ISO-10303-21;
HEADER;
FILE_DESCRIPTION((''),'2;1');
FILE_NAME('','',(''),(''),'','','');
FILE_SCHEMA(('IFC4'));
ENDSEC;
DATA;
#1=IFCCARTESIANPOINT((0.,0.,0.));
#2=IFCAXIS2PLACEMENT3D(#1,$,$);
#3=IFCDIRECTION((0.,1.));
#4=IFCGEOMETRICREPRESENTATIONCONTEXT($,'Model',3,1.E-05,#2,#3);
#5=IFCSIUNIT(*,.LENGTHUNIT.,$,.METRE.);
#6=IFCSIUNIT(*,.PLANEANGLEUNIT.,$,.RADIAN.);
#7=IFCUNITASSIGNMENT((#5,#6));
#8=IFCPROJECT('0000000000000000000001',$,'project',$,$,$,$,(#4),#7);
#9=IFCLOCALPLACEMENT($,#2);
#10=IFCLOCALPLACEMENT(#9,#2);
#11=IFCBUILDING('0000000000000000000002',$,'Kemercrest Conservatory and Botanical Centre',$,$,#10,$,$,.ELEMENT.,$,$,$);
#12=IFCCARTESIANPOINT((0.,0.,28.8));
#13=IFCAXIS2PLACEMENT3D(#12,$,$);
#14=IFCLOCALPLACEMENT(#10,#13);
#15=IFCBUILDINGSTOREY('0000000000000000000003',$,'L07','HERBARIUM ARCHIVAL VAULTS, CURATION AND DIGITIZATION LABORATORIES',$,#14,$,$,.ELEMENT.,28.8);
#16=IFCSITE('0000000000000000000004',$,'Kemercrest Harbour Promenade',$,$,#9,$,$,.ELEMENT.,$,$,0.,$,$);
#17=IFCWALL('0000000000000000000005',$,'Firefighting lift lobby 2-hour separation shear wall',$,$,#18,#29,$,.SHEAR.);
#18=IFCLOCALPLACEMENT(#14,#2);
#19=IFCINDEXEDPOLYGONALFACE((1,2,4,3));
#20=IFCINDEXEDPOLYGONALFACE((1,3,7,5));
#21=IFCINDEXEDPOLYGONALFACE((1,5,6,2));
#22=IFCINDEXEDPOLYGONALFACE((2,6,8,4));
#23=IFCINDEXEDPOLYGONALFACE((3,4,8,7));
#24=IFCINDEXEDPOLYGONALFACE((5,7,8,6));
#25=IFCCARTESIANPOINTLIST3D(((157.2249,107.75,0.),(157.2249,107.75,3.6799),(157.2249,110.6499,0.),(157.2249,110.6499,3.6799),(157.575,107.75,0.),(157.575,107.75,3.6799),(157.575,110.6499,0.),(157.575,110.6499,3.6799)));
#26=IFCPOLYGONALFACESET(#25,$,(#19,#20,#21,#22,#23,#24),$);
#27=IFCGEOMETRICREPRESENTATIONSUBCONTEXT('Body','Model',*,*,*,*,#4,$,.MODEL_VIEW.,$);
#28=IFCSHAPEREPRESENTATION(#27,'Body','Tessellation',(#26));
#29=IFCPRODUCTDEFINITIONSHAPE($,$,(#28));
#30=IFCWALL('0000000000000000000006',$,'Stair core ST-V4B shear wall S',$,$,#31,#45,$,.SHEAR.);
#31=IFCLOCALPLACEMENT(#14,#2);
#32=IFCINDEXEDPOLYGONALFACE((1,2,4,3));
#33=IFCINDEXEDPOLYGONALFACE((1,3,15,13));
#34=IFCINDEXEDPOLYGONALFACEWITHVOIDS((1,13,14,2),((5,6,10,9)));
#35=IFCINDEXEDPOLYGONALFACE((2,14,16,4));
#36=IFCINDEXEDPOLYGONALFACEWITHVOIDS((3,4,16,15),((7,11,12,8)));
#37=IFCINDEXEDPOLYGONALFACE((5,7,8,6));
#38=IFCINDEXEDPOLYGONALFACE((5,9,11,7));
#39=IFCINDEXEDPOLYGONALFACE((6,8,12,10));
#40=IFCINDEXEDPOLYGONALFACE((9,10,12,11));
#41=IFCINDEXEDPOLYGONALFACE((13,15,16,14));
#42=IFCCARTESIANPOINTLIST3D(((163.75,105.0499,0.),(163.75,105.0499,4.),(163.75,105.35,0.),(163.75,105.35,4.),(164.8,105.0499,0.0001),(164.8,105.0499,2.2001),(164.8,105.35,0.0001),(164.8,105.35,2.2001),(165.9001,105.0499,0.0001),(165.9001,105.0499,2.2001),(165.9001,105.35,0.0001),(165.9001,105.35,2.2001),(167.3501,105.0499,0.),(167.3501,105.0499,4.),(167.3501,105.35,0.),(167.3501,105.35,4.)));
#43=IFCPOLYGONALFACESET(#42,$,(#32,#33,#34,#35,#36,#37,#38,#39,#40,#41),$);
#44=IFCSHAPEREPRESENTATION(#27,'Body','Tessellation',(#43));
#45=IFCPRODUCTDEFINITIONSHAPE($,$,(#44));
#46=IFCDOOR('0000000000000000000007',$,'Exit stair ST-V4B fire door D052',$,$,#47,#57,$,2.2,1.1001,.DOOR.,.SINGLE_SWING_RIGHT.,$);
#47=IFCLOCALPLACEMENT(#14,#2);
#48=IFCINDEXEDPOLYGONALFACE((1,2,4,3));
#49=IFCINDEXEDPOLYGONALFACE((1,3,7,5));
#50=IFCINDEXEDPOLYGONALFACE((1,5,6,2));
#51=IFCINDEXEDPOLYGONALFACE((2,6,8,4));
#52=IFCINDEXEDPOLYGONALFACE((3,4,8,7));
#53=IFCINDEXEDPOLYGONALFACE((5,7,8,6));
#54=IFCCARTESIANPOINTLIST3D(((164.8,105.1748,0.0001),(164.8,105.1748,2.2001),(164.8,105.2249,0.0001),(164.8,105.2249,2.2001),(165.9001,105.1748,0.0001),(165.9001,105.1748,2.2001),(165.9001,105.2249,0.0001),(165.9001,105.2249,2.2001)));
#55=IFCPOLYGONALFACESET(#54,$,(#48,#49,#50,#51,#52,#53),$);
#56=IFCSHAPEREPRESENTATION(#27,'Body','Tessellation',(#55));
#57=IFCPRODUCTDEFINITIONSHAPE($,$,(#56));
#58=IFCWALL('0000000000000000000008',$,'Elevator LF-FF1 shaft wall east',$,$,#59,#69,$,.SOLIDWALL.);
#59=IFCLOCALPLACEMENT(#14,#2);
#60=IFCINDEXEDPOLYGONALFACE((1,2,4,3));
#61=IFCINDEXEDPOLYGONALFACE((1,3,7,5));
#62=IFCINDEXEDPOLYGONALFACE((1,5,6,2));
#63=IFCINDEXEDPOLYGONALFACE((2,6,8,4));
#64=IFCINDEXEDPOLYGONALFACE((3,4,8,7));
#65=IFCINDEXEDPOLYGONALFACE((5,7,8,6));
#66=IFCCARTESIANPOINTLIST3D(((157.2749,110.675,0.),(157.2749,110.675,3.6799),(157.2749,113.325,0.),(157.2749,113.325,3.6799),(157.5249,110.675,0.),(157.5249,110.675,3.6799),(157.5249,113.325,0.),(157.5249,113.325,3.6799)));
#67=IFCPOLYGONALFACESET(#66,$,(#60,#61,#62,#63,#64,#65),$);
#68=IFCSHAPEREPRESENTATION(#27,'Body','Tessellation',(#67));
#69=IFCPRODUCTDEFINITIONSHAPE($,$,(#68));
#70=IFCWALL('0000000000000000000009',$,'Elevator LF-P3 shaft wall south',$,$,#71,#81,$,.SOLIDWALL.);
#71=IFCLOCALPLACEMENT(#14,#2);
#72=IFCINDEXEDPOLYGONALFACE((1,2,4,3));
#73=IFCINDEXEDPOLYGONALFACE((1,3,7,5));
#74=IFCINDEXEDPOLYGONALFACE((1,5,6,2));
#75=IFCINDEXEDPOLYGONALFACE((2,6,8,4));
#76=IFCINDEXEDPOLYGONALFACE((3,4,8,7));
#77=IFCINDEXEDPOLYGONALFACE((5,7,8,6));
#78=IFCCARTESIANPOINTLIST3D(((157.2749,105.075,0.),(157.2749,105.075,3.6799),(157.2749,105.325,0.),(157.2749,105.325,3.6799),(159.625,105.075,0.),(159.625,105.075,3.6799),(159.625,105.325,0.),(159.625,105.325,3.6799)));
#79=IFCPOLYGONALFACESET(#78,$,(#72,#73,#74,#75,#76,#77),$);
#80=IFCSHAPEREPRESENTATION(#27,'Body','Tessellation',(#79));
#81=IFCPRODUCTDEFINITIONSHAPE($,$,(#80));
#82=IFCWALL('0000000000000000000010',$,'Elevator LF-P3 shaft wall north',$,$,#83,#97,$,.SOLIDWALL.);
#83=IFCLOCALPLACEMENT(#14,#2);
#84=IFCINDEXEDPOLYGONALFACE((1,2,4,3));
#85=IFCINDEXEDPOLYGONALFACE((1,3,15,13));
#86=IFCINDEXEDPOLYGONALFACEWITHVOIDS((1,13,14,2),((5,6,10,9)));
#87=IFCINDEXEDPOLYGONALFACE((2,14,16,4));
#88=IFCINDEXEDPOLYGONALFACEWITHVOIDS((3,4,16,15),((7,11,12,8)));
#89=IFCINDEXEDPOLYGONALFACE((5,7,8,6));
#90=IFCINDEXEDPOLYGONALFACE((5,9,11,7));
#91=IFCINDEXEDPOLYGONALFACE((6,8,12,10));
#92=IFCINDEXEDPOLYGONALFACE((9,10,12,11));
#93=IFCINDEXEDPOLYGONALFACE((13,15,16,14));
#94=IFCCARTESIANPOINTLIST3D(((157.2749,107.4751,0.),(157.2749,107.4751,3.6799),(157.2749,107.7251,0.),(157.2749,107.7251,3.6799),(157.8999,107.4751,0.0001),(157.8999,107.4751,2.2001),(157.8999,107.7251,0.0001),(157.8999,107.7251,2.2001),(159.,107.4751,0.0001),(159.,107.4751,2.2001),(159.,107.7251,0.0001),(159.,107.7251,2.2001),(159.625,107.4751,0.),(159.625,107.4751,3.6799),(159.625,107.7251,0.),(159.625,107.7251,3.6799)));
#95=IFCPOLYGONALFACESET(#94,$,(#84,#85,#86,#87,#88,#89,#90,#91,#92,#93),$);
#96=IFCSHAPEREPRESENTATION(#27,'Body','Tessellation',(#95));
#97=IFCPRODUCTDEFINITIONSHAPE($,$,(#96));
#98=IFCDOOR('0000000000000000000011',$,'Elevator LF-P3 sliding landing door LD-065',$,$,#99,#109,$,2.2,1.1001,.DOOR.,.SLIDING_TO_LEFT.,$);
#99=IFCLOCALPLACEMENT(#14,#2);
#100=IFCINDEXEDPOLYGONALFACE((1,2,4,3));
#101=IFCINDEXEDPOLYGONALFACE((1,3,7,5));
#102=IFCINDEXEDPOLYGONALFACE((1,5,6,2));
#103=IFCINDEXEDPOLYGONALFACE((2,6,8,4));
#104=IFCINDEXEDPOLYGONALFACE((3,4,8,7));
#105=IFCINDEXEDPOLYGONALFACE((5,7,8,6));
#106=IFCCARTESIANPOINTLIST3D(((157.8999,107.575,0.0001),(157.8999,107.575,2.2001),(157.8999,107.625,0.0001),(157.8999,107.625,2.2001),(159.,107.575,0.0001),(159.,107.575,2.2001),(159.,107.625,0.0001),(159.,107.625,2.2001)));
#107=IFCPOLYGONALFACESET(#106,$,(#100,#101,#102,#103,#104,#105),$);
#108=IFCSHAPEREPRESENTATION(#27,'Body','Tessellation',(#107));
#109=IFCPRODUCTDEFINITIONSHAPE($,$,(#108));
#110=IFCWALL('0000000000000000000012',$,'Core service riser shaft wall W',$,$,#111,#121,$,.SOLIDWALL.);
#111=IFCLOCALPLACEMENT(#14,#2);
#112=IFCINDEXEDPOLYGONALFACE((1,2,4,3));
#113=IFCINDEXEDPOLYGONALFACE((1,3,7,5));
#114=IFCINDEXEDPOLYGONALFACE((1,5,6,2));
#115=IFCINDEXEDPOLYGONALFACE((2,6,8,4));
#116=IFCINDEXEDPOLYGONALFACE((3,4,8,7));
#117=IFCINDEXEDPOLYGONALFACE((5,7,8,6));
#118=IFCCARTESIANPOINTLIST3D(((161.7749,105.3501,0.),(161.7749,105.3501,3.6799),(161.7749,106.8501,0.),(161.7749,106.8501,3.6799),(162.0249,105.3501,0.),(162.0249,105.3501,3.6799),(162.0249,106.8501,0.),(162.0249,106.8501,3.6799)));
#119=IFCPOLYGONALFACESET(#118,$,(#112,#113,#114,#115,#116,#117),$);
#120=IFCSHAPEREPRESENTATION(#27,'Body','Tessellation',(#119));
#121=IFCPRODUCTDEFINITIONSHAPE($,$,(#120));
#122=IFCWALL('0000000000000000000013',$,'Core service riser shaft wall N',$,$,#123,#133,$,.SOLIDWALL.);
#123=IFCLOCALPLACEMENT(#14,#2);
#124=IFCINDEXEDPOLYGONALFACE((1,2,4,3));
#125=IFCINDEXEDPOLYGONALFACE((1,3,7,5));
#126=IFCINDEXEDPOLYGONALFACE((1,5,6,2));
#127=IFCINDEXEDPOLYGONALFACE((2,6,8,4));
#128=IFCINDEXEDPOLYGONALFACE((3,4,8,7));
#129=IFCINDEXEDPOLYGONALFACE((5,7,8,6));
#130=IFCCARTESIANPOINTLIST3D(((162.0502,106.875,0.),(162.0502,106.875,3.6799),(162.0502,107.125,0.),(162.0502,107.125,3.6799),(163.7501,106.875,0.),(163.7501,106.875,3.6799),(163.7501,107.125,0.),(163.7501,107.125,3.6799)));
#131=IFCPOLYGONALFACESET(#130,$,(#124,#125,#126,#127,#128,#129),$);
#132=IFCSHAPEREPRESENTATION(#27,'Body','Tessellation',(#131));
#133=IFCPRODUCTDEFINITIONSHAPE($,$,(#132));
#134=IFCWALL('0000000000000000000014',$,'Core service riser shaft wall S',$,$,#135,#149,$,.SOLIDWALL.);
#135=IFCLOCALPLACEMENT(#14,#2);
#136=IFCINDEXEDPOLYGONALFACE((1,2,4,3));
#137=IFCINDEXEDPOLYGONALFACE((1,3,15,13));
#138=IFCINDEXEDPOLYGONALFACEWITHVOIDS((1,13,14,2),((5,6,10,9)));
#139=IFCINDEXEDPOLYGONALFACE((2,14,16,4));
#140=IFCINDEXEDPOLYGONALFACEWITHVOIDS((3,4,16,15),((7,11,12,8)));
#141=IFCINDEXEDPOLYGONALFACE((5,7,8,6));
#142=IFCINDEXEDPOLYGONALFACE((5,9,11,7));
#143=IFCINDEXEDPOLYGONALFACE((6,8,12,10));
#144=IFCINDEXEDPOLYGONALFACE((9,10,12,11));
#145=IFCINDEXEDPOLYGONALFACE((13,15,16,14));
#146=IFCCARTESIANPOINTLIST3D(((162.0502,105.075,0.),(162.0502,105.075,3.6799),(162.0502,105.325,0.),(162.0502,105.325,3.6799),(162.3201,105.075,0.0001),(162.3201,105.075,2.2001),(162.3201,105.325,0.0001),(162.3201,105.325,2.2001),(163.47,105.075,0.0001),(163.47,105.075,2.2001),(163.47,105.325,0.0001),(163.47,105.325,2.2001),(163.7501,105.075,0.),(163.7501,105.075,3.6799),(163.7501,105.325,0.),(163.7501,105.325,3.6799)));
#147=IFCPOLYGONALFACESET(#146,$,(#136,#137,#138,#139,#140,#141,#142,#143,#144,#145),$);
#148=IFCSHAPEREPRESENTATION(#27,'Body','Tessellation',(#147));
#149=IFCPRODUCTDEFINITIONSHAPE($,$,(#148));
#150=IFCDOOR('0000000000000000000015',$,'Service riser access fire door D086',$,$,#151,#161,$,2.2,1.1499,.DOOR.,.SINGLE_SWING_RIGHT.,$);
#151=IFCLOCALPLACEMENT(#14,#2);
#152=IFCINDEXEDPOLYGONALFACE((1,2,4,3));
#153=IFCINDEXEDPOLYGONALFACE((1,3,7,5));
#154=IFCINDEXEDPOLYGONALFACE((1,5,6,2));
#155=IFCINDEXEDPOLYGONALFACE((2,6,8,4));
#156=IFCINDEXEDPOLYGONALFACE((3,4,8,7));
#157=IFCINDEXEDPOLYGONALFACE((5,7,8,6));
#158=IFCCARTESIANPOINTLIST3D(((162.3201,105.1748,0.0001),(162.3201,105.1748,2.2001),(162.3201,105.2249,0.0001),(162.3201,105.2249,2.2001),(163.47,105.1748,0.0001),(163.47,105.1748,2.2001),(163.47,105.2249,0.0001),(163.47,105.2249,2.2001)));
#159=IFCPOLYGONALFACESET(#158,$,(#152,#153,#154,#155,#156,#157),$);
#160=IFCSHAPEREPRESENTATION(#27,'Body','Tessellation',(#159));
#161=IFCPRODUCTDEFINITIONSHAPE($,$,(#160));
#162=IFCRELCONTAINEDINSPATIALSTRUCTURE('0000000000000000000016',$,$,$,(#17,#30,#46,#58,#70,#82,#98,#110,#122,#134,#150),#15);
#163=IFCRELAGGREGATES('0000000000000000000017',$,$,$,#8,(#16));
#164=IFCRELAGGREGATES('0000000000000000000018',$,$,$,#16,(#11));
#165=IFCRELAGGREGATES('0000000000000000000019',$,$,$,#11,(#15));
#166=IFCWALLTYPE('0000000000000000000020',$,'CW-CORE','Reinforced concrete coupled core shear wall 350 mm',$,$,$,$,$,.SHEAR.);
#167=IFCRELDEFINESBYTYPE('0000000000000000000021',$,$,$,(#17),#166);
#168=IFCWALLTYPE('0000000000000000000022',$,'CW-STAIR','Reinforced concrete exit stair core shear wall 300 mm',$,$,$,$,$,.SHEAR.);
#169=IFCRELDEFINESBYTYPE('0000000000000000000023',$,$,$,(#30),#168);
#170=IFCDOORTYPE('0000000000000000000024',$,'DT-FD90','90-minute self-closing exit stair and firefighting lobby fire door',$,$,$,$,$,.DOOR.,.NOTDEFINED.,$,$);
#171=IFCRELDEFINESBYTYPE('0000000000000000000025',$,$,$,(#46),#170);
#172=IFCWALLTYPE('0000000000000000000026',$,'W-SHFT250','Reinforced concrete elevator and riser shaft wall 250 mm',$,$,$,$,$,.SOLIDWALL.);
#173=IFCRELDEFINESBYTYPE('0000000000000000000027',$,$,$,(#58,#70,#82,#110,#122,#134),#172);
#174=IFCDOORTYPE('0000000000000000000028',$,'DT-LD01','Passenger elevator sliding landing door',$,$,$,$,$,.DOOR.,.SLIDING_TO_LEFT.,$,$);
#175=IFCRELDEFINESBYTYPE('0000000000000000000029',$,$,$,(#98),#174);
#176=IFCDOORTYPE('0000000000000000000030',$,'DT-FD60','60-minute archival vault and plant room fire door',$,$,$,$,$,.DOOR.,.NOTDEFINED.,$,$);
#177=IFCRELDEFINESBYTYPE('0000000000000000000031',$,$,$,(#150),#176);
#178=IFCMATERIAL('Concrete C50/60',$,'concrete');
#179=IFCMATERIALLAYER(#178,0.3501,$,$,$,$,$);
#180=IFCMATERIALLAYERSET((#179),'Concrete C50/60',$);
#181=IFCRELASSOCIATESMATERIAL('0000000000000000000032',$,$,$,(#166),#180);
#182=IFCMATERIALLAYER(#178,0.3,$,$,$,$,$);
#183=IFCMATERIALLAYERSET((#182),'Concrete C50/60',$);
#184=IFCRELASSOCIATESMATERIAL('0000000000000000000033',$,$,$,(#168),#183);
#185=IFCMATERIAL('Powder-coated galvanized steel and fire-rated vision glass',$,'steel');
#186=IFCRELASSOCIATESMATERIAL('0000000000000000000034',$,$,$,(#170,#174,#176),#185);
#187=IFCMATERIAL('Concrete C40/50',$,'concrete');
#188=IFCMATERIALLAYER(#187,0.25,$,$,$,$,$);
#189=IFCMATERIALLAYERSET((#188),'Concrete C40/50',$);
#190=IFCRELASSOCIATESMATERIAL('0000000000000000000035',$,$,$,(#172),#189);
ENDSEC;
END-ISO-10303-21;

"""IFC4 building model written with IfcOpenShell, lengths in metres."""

from ifc_helpers import new_model, si_unit, direction, frame, frame_2d, origin, place, context, subcontext, project, spatial, rectangle, extrude, material, layer, layer_set, type_object, element, fill, save


model = new_model("IFC4")

# Units and contexts
model_context = context("Model", 3, precision=1e-05, world=origin(), true_north=direction((0.0, 1.0)))
body_context = subcontext(model_context, "Body", "Model", "MODEL_VIEW")
ifc_project = project(units=[si_unit("LENGTHUNIT", "METRE"), si_unit("PLANEANGLEUNIT", "RADIAN")], contexts=[model_context])

# Site, building, storey
site_placement = place(None, origin())
site = spatial("IfcSite", under=ifc_project, at=site_placement, Name="Kemercrest Harbour Promenade", CompositionType="ELEMENT", RefElevation=0.0)
building_placement = place(site_placement, origin())
building = spatial("IfcBuilding", under=site, at=building_placement, Name="Kemercrest Conservatory and Botanical Centre", CompositionType="ELEMENT")
storey_placement = place(building_placement, frame((0.0, 0.0, 28.8)))
storey = spatial("IfcBuildingStorey", under=building, at=storey_placement, Name="L07", Description="HERBARIUM ARCHIVAL VAULTS, CURATION AND DIGITIZATION LABORATORIES", CompositionType="ELEMENT", Elevation=28.8)

# Wall
ifc_material_1 = material(Name="Concrete C50/60", Category="concrete")
ifc_layer_1 = layer(ifc_material_1, 0.3501)
ifc_layer_set_1 = layer_set([ifc_layer_1], Name="Concrete C50/60")
wall_type_1 = type_object("IfcWallType", Name="CW-CORE", Description="Reinforced concrete coupled core shear wall 350 mm", PredefinedType="SHEAR", material=ifc_layer_set_1)
wall_1_placement = place(storey_placement, frame((157.3999, 107.75, 0.0), z_axis=(0.0, 0.0, 1.0), x_axis=(0.0, 1.0, 0.0)))
element("IfcWall", 1, at=wall_1_placement, inside=storey, type_object=wall_type_1, Name="Firefighting lift lobby 2-hour separation shear wall", PredefinedType="SHEAR", context=body_context, shape_type="SweptSolid", body=[
    extrude(rectangle(XDim=2.8999, YDim=0.3501, at=frame_2d((1.45, 0.0))), origin(), (0.0, 0.0, 1.0), 3.6799),
])

# Wall, opening, door
ifc_layer_2 = layer(ifc_material_1, 0.3)
ifc_layer_set_2 = layer_set([ifc_layer_2], Name="Concrete C50/60")
wall_type_2 = type_object("IfcWallType", Name="CW-STAIR", Description="Reinforced concrete exit stair core shear wall 300 mm", PredefinedType="SHEAR", material=ifc_layer_set_2)
wall_2_placement = place(storey_placement, frame((163.75, 105.2, 0.0), z_axis=(0.0, 0.0, 1.0), x_axis=(1.0, 0.0, 0.0)))
wall_2 = element("IfcWall", 2, at=wall_2_placement, inside=storey, type_object=wall_type_2, Name="Stair core ST-V4B shear wall S", PredefinedType="SHEAR", context=body_context, shape_type="SweptSolid", body=[
    extrude(rectangle(XDim=3.6001, YDim=0.3, at=frame_2d((1.8, 0.0))), origin(), (0.0, 0.0, 1.0), 4.0),
])
opening_1_placement = place(wall_2_placement, frame((1.05, 0.0, 0.0)))
opening_1 = element("IfcOpeningElement", 3, at=opening_1_placement, cuts=wall_2, PredefinedType="OPENING", context=body_context, shape_type="SweptSolid", body=[
    extrude(rectangle(XDim=1.1001, YDim=2.2, at=frame_2d((0.55, 1.1001))), frame((0.0, 0.1602, 0.0), z_axis=(0.0, -1.0, 0.0), x_axis=(1.0, 0.0, 0.0)), (0.0, 0.0, 1.0), 0.3201),
])
ifc_material_2 = material(Name="Powder-coated galvanized steel and fire-rated vision glass", Category="steel")
door_type_1 = type_object("IfcDoorType", Name="DT-FD90", Description="90-minute self-closing exit stair and firefighting lobby fire door", OperationType="NOTDEFINED", PredefinedType="DOOR", material=ifc_material_2)
door_1_placement = place(opening_1_placement, origin())
door_1 = element("IfcDoor", 4, at=door_1_placement, inside=storey, type_object=door_type_1, Name="Exit stair ST-V4B fire door D052", OperationType="SINGLE_SWING_RIGHT", OverallHeight=2.2, OverallWidth=1.1001, PredefinedType="DOOR", context=body_context, shape_type="SweptSolid", body=[
    extrude(rectangle(XDim=1.1001, YDim=2.2, at=frame_2d((0.55, 1.1001))), frame((0.0, 0.0249, 0.0), z_axis=(0.0, -1.0, 0.0), x_axis=(1.0, 0.0, 0.0)), (0.0, 0.0, 1.0), 0.05),
])
fill(opening_1, door_1)

# Walls
ifc_material_3 = material(Name="Concrete C40/50", Category="concrete")
ifc_layer_3 = layer(ifc_material_3, 0.25)
ifc_layer_set_3 = layer_set([ifc_layer_3], Name="Concrete C40/50")
wall_type_3 = type_object("IfcWallType", Name="W-SHFT250", Description="Reinforced concrete elevator and riser shaft wall 250 mm", PredefinedType="SOLIDWALL", material=ifc_layer_set_3)
wall_3_placement = place(storey_placement, frame((157.3999, 110.675, 0.0), z_axis=(0.0, 0.0, 1.0), x_axis=(0.0, 1.0, 0.0)))
element("IfcWall", 5, at=wall_3_placement, inside=storey, type_object=wall_type_3, Name="Elevator LF-FF1 shaft wall east", PredefinedType="SOLIDWALL", context=body_context, shape_type="SweptSolid", body=[
    extrude(rectangle(XDim=2.6499, YDim=0.25, at=frame_2d((1.325, 0.0))), origin(), (0.0, 0.0, 1.0), 3.6799),
])
wall_4_placement = place(storey_placement, frame((157.2749, 105.2, 0.0), z_axis=(0.0, 0.0, 1.0), x_axis=(1.0, 0.0, 0.0)))
element("IfcWall", 6, at=wall_4_placement, inside=storey, type_object=wall_type_3, Name="Elevator LF-P3 shaft wall south", PredefinedType="SOLIDWALL", context=body_context, shape_type="SweptSolid", body=[
    extrude(rectangle(XDim=2.3501, YDim=0.25, at=frame_2d((1.175, 0.0))), origin(), (0.0, 0.0, 1.0), 3.6799),
])

# Wall, opening, door
wall_5_placement = place(storey_placement, frame((157.2749, 107.6001, 0.0), z_axis=(0.0, 0.0, 1.0), x_axis=(1.0, 0.0, 0.0)))
wall_5 = element("IfcWall", 7, at=wall_5_placement, inside=storey, type_object=wall_type_3, Name="Elevator LF-P3 shaft wall north", PredefinedType="SOLIDWALL", context=body_context, shape_type="SweptSolid", body=[
    extrude(rectangle(XDim=2.3501, YDim=0.25, at=frame_2d((1.175, 0.0))), origin(), (0.0, 0.0, 1.0), 3.6799),
])
opening_2_placement = place(wall_5_placement, frame((0.625, 0.0, 0.0)))
opening_2 = element("IfcOpeningElement", 8, at=opening_2_placement, cuts=wall_5, PredefinedType="OPENING", context=body_context, shape_type="SweptSolid", body=[
    extrude(rectangle(XDim=1.1001, YDim=2.2, at=frame_2d((0.55, 1.1001))), frame((0.0, 0.135, 0.0), z_axis=(0.0, -1.0, 0.0), x_axis=(1.0, 0.0, 0.0)), (0.0, 0.0, 1.0), 0.27),
])
door_type_2 = type_object("IfcDoorType", Name="DT-LD01", Description="Passenger elevator sliding landing door", OperationType="SLIDING_TO_LEFT", PredefinedType="DOOR", material=ifc_material_2)
door_2_placement = place(opening_2_placement, origin())
door_2 = element("IfcDoor", 9, at=door_2_placement, inside=storey, type_object=door_type_2, Name="Elevator LF-P3 sliding landing door LD-065", OperationType="SLIDING_TO_LEFT", OverallHeight=2.2, OverallWidth=1.1001, PredefinedType="DOOR", context=body_context, shape_type="SweptSolid", body=[
    extrude(rectangle(XDim=1.1001, YDim=2.2, at=frame_2d((0.55, 1.1001))), frame((0.0, 0.0249, 0.0), z_axis=(0.0, -1.0, 0.0), x_axis=(1.0, 0.0, 0.0)), (0.0, 0.0, 1.0), 0.05),
])
fill(opening_2, door_2)

# Walls
wall_6_placement = place(storey_placement, frame((161.8999, 105.3501, 0.0), z_axis=(0.0, 0.0, 1.0), x_axis=(0.0, 1.0, 0.0)))
element("IfcWall", 10, at=wall_6_placement, inside=storey, type_object=wall_type_3, Name="Core service riser shaft wall W", PredefinedType="SOLIDWALL", context=body_context, shape_type="SweptSolid", body=[
    extrude(rectangle(XDim=1.5, YDim=0.25, at=frame_2d((0.75, 0.0))), origin(), (0.0, 0.0, 1.0), 3.6799),
])
wall_7_placement = place(storey_placement, frame((162.05, 107.0, 0.0), z_axis=(0.0, 0.0, 1.0), x_axis=(1.0, 0.0, 0.0)))
element("IfcWall", 11, at=wall_7_placement, inside=storey, type_object=wall_type_3, Name="Core service riser shaft wall N", PredefinedType="SOLIDWALL", context=body_context, shape_type="SweptSolid", body=[
    extrude(rectangle(XDim=1.7, YDim=0.25, at=frame_2d((0.8501, 0.0))), origin(), (0.0, 0.0, 1.0), 3.6799),
])

# Wall, opening, door
wall_8_placement = place(storey_placement, frame((162.05, 105.2, 0.0), z_axis=(0.0, 0.0, 1.0), x_axis=(1.0, 0.0, 0.0)))
wall_8 = element("IfcWall", 12, at=wall_8_placement, inside=storey, type_object=wall_type_3, Name="Core service riser shaft wall S", PredefinedType="SOLIDWALL", context=body_context, shape_type="SweptSolid", body=[
    extrude(rectangle(XDim=1.7, YDim=0.25, at=frame_2d((0.8501, 0.0))), origin(), (0.0, 0.0, 1.0), 3.6799),
])
opening_3_placement = place(wall_8_placement, frame((0.27, 0.0, 0.0)))
opening_3 = element("IfcOpeningElement", 13, at=opening_3_placement, cuts=wall_8, PredefinedType="OPENING", context=body_context, shape_type="SweptSolid", body=[
    extrude(rectangle(XDim=1.1499, YDim=2.2, at=frame_2d((0.575, 1.1001))), frame((0.0, 0.135, 0.0), z_axis=(0.0, -1.0, 0.0), x_axis=(1.0, 0.0, 0.0)), (0.0, 0.0, 1.0), 0.27),
])
door_type_3 = type_object("IfcDoorType", Name="DT-FD60", Description="60-minute archival vault and plant room fire door", OperationType="NOTDEFINED", PredefinedType="DOOR", material=ifc_material_2)
door_3_placement = place(opening_3_placement, origin())
door_3 = element("IfcDoor", 14, at=door_3_placement, inside=storey, type_object=door_type_3, Name="Service riser access fire door D086", OperationType="SINGLE_SWING_RIGHT", OverallHeight=2.2, OverallWidth=1.1499, PredefinedType="DOOR", context=body_context, shape_type="SweptSolid", body=[
    extrude(rectangle(XDim=1.1499, YDim=2.2, at=frame_2d((0.575, 1.1001))), frame((0.0, 0.0249, 0.0), z_axis=(0.0, -1.0, 0.0), x_axis=(1.0, 0.0, 0.0)), (0.0, 0.0, 1.0), 0.05),
])
fill(opening_3, door_3)

save(model, "model.ifc")
